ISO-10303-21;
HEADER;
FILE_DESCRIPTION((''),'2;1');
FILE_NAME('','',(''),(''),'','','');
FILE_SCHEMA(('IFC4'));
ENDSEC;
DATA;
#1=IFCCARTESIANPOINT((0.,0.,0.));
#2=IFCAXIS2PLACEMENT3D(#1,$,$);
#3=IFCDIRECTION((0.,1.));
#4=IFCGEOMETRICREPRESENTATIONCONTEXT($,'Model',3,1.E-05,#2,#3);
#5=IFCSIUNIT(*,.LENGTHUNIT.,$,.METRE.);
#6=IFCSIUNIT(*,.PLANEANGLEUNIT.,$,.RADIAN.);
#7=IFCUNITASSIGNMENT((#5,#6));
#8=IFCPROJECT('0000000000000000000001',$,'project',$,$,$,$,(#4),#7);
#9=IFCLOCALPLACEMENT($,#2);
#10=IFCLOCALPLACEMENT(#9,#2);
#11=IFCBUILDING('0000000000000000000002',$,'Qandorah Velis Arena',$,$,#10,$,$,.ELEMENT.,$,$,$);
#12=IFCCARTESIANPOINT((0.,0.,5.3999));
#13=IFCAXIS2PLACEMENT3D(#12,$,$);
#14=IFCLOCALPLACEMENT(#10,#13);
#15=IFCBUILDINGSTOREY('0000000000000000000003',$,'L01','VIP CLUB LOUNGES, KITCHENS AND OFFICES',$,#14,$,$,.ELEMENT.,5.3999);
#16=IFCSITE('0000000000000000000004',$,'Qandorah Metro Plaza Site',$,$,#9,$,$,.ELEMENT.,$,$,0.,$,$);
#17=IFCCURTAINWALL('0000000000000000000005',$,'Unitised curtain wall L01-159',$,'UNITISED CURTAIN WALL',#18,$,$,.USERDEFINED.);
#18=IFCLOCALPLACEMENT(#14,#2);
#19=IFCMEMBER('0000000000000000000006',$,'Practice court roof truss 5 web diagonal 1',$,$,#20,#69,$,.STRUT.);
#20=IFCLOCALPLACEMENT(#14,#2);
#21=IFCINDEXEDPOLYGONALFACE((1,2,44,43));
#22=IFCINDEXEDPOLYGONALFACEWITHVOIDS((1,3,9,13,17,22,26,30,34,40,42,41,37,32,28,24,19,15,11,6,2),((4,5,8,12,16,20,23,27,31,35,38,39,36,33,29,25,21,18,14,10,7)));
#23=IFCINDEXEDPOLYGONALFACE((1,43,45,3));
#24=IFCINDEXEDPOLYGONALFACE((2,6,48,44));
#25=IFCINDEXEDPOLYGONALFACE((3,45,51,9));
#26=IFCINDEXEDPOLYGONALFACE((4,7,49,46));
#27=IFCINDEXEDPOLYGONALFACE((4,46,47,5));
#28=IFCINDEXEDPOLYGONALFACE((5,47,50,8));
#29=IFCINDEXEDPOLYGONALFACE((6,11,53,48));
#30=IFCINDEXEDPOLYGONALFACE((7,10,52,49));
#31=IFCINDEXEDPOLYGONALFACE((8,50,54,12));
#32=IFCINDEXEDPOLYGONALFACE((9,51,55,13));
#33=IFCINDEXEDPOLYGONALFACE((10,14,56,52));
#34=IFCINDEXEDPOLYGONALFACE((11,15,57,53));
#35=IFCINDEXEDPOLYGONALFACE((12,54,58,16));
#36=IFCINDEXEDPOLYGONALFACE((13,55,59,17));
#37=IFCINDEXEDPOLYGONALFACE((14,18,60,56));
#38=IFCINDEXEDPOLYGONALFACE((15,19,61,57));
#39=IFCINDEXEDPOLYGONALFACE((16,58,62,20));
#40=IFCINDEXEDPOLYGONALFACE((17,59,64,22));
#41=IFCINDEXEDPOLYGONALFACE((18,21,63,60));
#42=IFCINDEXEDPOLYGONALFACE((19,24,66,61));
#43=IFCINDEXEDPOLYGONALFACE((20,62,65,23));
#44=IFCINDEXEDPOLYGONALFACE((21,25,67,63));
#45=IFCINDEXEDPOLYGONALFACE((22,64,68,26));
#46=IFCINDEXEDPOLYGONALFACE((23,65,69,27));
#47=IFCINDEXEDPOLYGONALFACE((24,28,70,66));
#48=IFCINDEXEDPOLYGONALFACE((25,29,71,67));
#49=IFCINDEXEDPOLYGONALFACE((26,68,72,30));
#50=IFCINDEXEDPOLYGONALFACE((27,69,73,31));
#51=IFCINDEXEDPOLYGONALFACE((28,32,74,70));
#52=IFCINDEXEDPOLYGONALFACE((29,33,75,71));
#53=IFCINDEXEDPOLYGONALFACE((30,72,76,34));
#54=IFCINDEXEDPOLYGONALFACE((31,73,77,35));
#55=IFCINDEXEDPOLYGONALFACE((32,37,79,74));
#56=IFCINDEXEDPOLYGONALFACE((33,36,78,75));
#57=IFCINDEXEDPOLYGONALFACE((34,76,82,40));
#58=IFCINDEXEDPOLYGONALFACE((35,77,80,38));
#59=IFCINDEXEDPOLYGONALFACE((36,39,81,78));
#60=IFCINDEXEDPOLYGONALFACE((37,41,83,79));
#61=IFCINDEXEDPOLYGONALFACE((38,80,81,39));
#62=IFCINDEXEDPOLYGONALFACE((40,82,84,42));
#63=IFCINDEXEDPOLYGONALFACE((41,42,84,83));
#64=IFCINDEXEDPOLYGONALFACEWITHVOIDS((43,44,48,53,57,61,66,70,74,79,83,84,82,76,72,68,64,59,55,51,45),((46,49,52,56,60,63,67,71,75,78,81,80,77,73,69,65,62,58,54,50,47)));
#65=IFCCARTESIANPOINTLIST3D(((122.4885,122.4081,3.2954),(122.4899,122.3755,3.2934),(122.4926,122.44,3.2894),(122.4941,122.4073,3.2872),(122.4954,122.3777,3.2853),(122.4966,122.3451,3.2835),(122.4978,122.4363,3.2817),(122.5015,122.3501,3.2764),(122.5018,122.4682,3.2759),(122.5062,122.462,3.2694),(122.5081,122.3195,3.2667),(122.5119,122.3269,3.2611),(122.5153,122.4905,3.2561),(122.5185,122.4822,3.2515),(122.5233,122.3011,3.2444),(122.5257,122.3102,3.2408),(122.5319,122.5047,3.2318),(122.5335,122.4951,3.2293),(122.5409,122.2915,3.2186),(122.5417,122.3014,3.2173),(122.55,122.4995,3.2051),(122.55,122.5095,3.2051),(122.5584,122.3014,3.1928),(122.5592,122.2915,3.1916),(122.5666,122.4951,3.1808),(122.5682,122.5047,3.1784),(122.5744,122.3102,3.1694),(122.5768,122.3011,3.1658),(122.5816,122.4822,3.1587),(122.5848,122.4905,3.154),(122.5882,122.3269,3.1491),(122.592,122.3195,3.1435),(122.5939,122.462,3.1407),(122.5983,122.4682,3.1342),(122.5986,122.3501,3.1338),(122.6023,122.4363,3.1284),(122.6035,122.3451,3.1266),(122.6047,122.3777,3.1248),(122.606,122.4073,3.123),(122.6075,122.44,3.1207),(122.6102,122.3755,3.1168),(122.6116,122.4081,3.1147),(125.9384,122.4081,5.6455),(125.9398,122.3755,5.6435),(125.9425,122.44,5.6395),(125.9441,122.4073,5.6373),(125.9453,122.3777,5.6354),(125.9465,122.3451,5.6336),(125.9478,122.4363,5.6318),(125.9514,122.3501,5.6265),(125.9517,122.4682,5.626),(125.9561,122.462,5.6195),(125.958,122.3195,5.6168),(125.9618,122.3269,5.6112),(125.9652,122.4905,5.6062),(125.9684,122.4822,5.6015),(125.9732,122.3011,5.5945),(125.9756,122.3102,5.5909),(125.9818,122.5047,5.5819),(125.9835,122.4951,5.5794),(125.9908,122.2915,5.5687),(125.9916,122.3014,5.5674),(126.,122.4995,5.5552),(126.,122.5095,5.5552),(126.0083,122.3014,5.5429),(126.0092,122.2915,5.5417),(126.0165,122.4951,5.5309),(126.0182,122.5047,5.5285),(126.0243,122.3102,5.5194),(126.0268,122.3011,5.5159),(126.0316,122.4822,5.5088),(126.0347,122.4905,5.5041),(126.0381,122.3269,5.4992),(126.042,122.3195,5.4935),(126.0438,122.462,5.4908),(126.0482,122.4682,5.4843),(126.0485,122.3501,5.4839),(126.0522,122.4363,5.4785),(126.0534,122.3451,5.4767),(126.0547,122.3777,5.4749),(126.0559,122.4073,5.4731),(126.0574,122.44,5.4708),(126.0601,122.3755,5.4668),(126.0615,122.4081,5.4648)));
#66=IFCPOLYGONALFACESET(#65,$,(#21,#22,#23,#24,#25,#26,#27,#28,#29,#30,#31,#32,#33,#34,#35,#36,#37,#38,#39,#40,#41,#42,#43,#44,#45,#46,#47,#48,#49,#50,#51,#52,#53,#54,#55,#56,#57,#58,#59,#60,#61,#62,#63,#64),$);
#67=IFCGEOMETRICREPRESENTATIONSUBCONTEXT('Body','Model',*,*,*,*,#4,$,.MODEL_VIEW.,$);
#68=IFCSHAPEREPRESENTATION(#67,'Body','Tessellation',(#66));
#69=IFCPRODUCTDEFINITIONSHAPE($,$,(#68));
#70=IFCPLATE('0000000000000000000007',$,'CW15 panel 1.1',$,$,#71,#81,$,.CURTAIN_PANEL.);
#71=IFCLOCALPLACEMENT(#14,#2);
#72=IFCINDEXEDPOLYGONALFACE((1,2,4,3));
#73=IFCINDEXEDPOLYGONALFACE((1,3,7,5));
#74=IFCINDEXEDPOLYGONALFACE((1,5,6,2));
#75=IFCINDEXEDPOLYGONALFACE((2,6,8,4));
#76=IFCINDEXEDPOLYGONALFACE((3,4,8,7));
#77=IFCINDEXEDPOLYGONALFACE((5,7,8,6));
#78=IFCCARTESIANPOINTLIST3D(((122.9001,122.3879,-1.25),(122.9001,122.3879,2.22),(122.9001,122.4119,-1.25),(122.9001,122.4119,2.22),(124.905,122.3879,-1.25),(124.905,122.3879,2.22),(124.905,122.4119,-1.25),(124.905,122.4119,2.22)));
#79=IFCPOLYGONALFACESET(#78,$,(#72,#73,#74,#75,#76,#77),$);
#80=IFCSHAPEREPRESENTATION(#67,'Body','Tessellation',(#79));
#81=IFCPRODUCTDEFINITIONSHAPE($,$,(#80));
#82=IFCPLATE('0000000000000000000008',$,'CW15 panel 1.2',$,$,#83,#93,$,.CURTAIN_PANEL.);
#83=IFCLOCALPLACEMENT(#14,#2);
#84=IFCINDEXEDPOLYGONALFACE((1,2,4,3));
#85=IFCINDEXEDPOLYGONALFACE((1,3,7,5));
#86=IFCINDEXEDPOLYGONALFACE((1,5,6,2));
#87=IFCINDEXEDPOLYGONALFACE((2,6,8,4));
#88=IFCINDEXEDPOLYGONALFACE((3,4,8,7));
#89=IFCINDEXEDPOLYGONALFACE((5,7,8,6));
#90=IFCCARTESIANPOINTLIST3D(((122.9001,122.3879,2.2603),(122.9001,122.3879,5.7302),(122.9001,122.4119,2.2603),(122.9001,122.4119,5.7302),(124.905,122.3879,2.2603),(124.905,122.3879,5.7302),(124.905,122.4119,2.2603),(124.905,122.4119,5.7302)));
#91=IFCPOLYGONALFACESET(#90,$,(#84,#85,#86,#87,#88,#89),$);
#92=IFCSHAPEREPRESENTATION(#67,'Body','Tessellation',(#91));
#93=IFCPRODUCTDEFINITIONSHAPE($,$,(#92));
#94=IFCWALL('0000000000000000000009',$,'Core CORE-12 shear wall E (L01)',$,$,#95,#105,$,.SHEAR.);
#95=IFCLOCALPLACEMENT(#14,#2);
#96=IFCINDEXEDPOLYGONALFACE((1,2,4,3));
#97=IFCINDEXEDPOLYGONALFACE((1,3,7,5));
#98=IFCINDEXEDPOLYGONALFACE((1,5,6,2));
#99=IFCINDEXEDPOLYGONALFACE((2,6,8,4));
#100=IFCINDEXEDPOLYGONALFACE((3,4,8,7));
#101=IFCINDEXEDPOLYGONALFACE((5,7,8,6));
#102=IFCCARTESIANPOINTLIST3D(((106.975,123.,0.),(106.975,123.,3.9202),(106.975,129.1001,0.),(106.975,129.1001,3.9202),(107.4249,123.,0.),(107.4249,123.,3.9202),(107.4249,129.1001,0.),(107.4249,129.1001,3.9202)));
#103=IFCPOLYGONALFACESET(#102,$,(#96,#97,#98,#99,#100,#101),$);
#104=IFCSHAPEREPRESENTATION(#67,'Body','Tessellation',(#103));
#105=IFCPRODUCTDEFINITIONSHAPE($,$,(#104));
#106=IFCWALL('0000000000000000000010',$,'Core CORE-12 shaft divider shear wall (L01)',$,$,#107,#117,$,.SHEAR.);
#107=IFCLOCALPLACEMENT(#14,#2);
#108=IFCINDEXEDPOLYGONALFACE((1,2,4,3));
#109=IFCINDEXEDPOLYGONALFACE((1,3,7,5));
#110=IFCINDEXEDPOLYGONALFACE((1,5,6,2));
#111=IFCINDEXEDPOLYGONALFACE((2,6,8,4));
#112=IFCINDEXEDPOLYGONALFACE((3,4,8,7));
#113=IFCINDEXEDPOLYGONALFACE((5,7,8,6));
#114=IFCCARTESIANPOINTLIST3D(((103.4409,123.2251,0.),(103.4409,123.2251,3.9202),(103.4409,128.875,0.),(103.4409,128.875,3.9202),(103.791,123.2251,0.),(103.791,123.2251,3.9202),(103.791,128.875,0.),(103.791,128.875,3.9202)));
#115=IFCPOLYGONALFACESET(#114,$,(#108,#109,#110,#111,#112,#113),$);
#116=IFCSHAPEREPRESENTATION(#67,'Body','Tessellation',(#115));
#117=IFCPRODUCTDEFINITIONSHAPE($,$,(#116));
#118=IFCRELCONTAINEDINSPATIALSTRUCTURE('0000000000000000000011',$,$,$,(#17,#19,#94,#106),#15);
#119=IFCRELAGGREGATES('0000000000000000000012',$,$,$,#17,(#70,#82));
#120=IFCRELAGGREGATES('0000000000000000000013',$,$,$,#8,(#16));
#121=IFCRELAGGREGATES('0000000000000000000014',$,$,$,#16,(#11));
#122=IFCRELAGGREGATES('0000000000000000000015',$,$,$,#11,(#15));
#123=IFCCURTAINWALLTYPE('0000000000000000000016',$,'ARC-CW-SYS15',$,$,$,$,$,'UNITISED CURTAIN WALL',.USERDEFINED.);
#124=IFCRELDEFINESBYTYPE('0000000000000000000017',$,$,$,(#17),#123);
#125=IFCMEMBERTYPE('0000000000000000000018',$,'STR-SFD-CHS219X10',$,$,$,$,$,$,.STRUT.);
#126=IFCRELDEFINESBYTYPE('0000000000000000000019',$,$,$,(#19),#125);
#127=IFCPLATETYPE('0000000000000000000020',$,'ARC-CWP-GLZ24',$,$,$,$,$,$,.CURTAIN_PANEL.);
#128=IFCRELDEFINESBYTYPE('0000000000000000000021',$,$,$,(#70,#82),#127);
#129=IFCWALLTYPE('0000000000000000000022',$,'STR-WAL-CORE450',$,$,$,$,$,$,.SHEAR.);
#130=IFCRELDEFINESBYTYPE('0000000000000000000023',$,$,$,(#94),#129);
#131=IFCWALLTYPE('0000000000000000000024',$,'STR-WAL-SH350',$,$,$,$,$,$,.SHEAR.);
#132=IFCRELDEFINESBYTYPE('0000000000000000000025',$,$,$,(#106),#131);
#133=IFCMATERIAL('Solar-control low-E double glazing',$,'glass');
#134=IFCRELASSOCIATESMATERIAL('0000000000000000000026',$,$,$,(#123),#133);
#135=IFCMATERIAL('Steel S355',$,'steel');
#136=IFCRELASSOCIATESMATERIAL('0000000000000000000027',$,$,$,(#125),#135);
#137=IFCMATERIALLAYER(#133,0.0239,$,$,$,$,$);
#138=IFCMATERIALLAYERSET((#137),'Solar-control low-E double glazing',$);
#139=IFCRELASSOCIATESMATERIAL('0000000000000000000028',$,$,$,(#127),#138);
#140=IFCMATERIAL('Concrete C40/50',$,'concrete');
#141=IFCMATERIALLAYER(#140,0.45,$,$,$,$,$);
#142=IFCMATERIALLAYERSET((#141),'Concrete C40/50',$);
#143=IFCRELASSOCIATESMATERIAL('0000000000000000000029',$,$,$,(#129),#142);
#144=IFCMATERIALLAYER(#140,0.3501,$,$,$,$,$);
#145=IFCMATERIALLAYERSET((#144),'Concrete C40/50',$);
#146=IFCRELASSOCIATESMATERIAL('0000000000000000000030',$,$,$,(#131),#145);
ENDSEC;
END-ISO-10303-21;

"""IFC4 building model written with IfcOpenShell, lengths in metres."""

from ifc_helpers import new_model, si_unit, direction, frame, frame_2d, origin, origin_2d, place, context, subcontext, project, spatial, rectangle, hollow_circle, extrude, material, layer, layer_set, material_profile, profile_set, type_object, element, aggregate, save


model = new_model("IFC4")

# Units and contexts
model_context = context("Model", 3, precision=1e-05, world=origin(), true_north=direction((0.0, 1.0)))
body_context = subcontext(model_context, "Body", "Model", "MODEL_VIEW")
ifc_project = project(units=[si_unit("LENGTHUNIT", "METRE"), si_unit("PLANEANGLEUNIT", "RADIAN")], contexts=[model_context])

# Site, building, storey
site_placement = place(None, origin())
site = spatial("IfcSite", under=ifc_project, at=site_placement, Name="Qandorah Metro Plaza Site", CompositionType="ELEMENT", RefElevation=0.0)
building_placement = place(site_placement, origin())
building = spatial("IfcBuilding", under=site, at=building_placement, Name="Qandorah Velis Arena", CompositionType="ELEMENT")
storey_placement = place(building_placement, frame((0.0, 0.0, 5.3999)))
storey = spatial("IfcBuildingStorey", under=building, at=storey_placement, Name="L01", Description="VIP CLUB LOUNGES, KITCHENS AND OFFICES", CompositionType="ELEMENT", Elevation=5.3999)

# Shared definitions
ifc_material_1 = material(Name="Concrete C40/50", Category="concrete")

# Curtain wall
ifc_material_2 = material(Name="Solar-control low-E double glazing", Category="glass")
curtain_wall_type = type_object("IfcCurtainWallType", Name="ARC-CW-SYS15", ElementType="UNITISED CURTAIN WALL", PredefinedType="USERDEFINED", material=ifc_material_2)
curtain_wall_placement = place(storey_placement, origin())
curtain_wall = element("IfcCurtainWall", 1, at=curtain_wall_placement, inside=storey, type_object=curtain_wall_type, Name="Unitised curtain wall L01-159", ObjectType="UNITISED CURTAIN WALL", PredefinedType="USERDEFINED")

# Shared definitions
ifc_material_3 = material(Name="Steel S355", Category="steel")

# Member
ifc_material_profile_1 = material_profile(ifc_material_3, hollow_circle(Radius=0.1096, WallThickness=0.01, at=origin_2d()), Name="CHS 219.1x10")
ifc_profile_set_1 = profile_set([ifc_material_profile_1], Name="Steel S355")
member_type_1 = type_object("IfcMemberType", Name="STR-SFD-CHS219X10", PredefinedType="STRUT", material=ifc_profile_set_1)
member_1_placement = place(storey_placement, frame((122.55, 122.3999, 3.2051), z_axis=(0.826466, 0.0, 0.562987), x_axis=(0.0, 1.0, 0.0)))
element("IfcMember", 2, at=member_1_placement, inside=storey, type_object=member_type_1, Name="Practice court roof truss 5 web diagonal 1", PredefinedType="STRUT", context=body_context, shape_type="SweptSolid", body=[
    extrude(hollow_circle(Radius=0.1096, WallThickness=0.01, at=origin_2d()), origin(), (0.0, 0.0, 1.0), 4.1743),
])

# Plates
ifc_layer_1 = layer(ifc_material_2, 0.0239)
ifc_layer_set_1 = layer_set([ifc_layer_1], Name="Solar-control low-E double glazing")
plate_type = type_object("IfcPlateType", Name="ARC-CWP-GLZ24", PredefinedType="CURTAIN_PANEL", material=ifc_layer_set_1)
plate_1_placement = place(storey_placement, frame((123.9026, 122.3999, -1.25), z_axis=(0.0, 0.0, 1.0), x_axis=(1.0, 0.0, 0.0)))
plate_1 = element("IfcPlate", 3, at=plate_1_placement, type_object=plate_type, Name="CW15 panel 1.1", PredefinedType="CURTAIN_PANEL", context=body_context, shape_type="SweptSolid", body=[
    extrude(rectangle(XDim=2.0049, YDim=0.0239, at=origin_2d()), origin(), (0.0, 0.0, 1.0), 3.47),
])
plate_2_placement = place(storey_placement, frame((123.9026, 122.3999, 2.2603), z_axis=(0.0, 0.0, 1.0), x_axis=(1.0, 0.0, 0.0)))
plate_2 = element("IfcPlate", 4, at=plate_2_placement, type_object=plate_type, Name="CW15 panel 1.2", PredefinedType="CURTAIN_PANEL", context=body_context, shape_type="SweptSolid", body=[
    extrude(rectangle(XDim=2.0049, YDim=0.0239, at=origin_2d()), origin(), (0.0, 0.0, 1.0), 3.47),
])
aggregate(curtain_wall, [plate_1, plate_2])

# Walls
ifc_layer_2 = layer(ifc_material_1, 0.45)
ifc_layer_set_2 = layer_set([ifc_layer_2], Name="Concrete C40/50")
wall_type_1 = type_object("IfcWallType", Name="STR-WAL-CORE450", PredefinedType="SHEAR", material=ifc_layer_set_2)
wall_1_placement = place(storey_placement, frame((107.2, 123.0, 0.0), z_axis=(0.0, 0.0, 1.0), x_axis=(0.0, 1.0, 0.0)))
element("IfcWall", 5, at=wall_1_placement, inside=storey, type_object=wall_type_1, Name="Core CORE-12 shear wall E (L01)", PredefinedType="SHEAR", context=body_context, shape_type="SweptSolid", body=[
    extrude(rectangle(XDim=6.1001, YDim=0.45, at=frame_2d((3.05, 0.0))), origin(), (0.0, 0.0, 1.0), 3.9202),
])
ifc_layer_3 = layer(ifc_material_1, 0.3501)
ifc_layer_set_3 = layer_set([ifc_layer_3], Name="Concrete C40/50")
wall_type_2 = type_object("IfcWallType", Name="STR-WAL-SH350", PredefinedType="SHEAR", material=ifc_layer_set_3)
wall_2_placement = place(storey_placement, frame((103.616, 123.2251, 0.0), z_axis=(0.0, 0.0, 1.0), x_axis=(0.0, 1.0, 0.0)))
element("IfcWall", 6, at=wall_2_placement, inside=storey, type_object=wall_type_2, Name="Core CORE-12 shaft divider shear wall (L01)", PredefinedType="SHEAR", context=body_context, shape_type="SweptSolid", body=[
    extrude(rectangle(XDim=5.6499, YDim=0.3501, at=frame_2d((2.825, 0.0))), origin(), (0.0, 0.0, 1.0), 3.9202),
])

save(model, "model.ifc")
